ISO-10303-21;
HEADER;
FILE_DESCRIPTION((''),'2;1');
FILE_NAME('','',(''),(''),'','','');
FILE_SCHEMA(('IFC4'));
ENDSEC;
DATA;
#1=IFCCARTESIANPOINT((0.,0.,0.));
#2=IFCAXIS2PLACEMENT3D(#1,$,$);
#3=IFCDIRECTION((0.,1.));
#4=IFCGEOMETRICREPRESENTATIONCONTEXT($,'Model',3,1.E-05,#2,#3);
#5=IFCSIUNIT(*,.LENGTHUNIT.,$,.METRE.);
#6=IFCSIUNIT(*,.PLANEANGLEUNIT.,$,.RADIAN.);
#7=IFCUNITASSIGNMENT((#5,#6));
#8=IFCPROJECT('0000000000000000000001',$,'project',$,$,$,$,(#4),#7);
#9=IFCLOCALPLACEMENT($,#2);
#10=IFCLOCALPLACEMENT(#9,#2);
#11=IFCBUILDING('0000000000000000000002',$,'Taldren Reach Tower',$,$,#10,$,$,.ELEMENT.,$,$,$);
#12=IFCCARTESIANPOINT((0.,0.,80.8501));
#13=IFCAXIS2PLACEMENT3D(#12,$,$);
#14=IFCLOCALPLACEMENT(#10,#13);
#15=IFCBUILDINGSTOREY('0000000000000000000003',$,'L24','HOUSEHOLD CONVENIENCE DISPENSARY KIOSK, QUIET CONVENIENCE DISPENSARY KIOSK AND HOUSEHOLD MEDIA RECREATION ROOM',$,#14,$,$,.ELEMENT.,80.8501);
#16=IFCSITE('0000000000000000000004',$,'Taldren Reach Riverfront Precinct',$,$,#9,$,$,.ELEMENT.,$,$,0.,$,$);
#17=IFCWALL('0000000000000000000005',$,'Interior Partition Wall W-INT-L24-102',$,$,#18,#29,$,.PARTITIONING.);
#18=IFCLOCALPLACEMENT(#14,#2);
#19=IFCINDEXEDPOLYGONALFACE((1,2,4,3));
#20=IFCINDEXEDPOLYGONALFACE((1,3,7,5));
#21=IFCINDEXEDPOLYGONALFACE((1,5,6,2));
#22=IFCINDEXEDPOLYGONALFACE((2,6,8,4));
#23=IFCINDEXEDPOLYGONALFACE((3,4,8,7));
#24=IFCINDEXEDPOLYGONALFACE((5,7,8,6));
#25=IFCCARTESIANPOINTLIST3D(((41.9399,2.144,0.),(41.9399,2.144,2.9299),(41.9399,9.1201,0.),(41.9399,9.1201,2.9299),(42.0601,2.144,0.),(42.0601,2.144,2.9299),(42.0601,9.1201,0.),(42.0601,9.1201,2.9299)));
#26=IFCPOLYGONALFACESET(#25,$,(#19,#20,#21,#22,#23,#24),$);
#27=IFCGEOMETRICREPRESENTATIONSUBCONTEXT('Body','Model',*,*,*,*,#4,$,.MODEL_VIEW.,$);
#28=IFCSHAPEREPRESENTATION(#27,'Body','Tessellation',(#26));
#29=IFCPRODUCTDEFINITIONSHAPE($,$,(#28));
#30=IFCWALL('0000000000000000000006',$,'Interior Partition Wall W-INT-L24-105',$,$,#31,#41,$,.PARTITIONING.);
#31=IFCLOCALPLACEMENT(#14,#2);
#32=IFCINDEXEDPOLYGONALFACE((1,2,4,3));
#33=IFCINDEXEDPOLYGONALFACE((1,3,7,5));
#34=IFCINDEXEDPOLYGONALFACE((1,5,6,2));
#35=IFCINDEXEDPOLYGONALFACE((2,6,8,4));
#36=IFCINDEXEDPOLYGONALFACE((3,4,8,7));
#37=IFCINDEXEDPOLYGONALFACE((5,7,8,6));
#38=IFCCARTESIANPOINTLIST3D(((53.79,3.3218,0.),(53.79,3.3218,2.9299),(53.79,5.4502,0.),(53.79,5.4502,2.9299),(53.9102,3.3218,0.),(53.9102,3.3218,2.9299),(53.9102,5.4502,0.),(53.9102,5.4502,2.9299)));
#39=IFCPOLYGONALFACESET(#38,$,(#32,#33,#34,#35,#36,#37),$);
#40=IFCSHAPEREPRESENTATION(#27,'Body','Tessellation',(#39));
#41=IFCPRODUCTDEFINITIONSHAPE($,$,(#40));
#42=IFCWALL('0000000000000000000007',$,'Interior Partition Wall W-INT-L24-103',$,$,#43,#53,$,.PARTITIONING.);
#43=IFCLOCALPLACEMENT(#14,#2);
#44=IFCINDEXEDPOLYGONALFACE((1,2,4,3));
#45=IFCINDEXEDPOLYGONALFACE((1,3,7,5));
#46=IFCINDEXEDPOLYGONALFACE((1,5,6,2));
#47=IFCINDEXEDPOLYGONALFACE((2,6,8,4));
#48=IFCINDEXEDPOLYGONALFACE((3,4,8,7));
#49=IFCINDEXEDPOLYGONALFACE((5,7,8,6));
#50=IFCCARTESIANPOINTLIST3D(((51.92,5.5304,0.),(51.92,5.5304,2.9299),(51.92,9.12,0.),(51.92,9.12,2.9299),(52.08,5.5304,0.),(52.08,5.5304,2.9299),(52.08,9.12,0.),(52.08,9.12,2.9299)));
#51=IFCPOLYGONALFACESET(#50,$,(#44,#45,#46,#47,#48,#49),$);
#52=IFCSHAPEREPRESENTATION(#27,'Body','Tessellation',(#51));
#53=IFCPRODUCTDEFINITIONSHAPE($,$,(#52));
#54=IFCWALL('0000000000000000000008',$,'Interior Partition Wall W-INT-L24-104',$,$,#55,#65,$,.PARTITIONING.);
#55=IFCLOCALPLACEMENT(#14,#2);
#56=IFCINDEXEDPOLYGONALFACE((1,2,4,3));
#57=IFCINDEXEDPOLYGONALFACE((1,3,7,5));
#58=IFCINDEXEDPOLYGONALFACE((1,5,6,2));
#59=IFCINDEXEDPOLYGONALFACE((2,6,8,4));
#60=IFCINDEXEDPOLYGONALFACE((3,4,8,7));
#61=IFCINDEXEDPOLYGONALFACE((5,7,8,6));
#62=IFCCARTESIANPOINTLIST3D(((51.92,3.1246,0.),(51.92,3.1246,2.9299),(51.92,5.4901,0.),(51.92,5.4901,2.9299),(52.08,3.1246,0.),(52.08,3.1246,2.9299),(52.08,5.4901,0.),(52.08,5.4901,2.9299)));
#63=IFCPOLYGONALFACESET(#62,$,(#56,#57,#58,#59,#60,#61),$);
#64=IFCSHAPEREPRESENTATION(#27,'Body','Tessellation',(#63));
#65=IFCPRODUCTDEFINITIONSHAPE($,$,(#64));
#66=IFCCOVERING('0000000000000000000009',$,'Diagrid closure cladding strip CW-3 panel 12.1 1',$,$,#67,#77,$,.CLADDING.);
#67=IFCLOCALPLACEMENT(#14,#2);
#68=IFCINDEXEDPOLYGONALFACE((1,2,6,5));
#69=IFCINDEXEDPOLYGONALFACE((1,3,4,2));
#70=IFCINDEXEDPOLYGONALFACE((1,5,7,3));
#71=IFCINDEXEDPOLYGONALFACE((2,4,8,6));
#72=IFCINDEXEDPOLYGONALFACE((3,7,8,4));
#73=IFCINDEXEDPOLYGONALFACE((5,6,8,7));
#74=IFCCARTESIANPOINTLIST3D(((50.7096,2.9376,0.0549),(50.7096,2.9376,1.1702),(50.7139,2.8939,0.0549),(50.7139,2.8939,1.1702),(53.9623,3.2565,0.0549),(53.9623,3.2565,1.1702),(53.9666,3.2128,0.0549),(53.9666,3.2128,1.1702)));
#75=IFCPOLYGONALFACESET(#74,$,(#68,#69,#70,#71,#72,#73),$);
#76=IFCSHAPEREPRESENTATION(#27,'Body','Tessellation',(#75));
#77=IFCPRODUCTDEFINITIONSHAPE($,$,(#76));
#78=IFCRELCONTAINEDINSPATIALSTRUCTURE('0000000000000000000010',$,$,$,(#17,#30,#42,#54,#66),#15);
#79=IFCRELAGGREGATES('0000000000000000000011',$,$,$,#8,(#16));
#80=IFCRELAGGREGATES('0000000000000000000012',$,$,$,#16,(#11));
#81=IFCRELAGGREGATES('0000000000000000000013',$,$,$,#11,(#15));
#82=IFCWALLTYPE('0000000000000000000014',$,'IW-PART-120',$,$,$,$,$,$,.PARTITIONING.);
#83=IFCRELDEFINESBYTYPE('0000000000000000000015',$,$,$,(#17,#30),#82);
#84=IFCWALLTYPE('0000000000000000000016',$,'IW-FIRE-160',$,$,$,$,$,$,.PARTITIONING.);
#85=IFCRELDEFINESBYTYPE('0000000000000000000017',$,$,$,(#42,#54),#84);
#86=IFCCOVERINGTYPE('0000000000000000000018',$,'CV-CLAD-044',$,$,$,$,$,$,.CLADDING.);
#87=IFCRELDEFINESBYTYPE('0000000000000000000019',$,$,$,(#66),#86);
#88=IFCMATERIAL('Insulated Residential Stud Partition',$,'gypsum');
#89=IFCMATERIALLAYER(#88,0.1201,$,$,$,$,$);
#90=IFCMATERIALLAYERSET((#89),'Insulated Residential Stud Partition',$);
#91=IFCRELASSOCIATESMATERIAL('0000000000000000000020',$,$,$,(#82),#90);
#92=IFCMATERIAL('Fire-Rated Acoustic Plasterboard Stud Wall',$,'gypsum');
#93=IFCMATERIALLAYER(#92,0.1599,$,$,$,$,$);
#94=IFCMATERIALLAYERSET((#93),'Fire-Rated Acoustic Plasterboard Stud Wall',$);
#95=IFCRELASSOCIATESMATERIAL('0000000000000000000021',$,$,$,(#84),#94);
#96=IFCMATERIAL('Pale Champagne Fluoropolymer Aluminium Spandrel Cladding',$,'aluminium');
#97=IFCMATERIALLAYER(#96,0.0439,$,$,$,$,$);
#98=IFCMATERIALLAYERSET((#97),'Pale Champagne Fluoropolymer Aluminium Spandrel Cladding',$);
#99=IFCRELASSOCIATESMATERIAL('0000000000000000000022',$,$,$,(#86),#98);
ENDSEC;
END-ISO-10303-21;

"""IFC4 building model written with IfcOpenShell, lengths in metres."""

from ifc_helpers import new_model, si_unit, direction, frame, frame_2d, origin, origin_2d, place, context, subcontext, project, spatial, rectangle, extrude, source, transform, mapped, material, layer, layer_set, type_object, element, save


model = new_model("IFC4")

# Units and contexts
model_context = context("Model", 3, precision=1e-05, world=origin(), true_north=direction((0.0, 1.0)))
body_context = subcontext(model_context, "Body", "Model", "MODEL_VIEW")
ifc_project = project(units=[si_unit("LENGTHUNIT", "METRE"), si_unit("PLANEANGLEUNIT", "RADIAN")], contexts=[model_context])

# Site, building, storey
site_placement = place(None, origin())
site = spatial("IfcSite", under=ifc_project, at=site_placement, Name="Taldren Reach Riverfront Precinct", CompositionType="ELEMENT", RefElevation=0.0)
building_placement = place(site_placement, origin())
building = spatial("IfcBuilding", under=site, at=building_placement, Name="Taldren Reach Tower", CompositionType="ELEMENT")
storey_placement = place(building_placement, frame((0.0, 0.0, 80.8501)))
storey = spatial("IfcBuildingStorey", under=building, at=storey_placement, Name="L24", Description="HOUSEHOLD CONVENIENCE DISPENSARY KIOSK, QUIET CONVENIENCE DISPENSARY KIOSK AND HOUSEHOLD MEDIA RECREATION ROOM", CompositionType="ELEMENT", Elevation=80.8501)

# Shared definitions
ifc_material_1 = material(Name="Insulated Residential Stud Partition", Category="gypsum")
ifc_layer_1 = layer(ifc_material_1, 0.1201)
ifc_layer_set_1 = layer_set([ifc_layer_1], Name="Insulated Residential Stud Partition")
wall_type_1 = type_object("IfcWallType", Name="IW-PART-120", PredefinedType="PARTITIONING", material=ifc_layer_set_1)
ifc_material_2 = material(Name="Fire-Rated Acoustic Plasterboard Stud Wall", Category="gypsum")
ifc_layer_2 = layer(ifc_material_2, 0.1599)
ifc_layer_set_2 = layer_set([ifc_layer_2], Name="Fire-Rated Acoustic Plasterboard Stud Wall")
wall_type_2 = type_object("IfcWallType", Name="IW-FIRE-160", PredefinedType="PARTITIONING", material=ifc_layer_set_2)

# Walls
shared_shape_1 = source(origin(), body_context, "Body", "SweptSolid", [
    extrude(rectangle(XDim=6.9761, YDim=0.1201, at=frame_2d((3.488, 0.0))), origin(), (0.0, 0.0, 1.0), 2.9299),
])
wall_1_placement = place(storey_placement, frame((42.0, 9.1201, 0.0), z_axis=(0.0, 0.0, 1.0), x_axis=(0.0, -1.0, 0.0)))
element("IfcWall", 1, at=wall_1_placement, inside=storey, type_object=wall_type_1, Name="Interior Partition Wall W-INT-L24-102", PredefinedType="PARTITIONING", context=body_context, shape_type="MappedRepresentation", body=[
    mapped(shared_shape_1, transform((0.0, 0.0, 0.0), scale=1.0)),
])
shared_shape_2 = source(origin(), body_context, "Body", "SweptSolid", [
    extrude(rectangle(XDim=2.1284, YDim=0.1201, at=frame_2d((1.0642, 0.0))), origin(), (0.0, 0.0, 1.0), 2.9299),
])
wall_2_placement = place(storey_placement, frame((53.8501, 3.3218, 0.0), z_axis=(0.0, 0.0, 1.0), x_axis=(0.0, 1.0, 0.0)))
element("IfcWall", 2, at=wall_2_placement, inside=storey, type_object=wall_type_1, Name="Interior Partition Wall W-INT-L24-105", PredefinedType="PARTITIONING", context=body_context, shape_type="MappedRepresentation", body=[
    mapped(shared_shape_2, transform((0.0, 0.0, 0.0), scale=1.0)),
])
shared_shape_3 = source(origin(), body_context, "Body", "SweptSolid", [
    extrude(rectangle(XDim=3.5896, YDim=0.1599, at=frame_2d((1.7949, 0.0))), origin(), (0.0, 0.0, 1.0), 2.9299),
])
wall_3_placement = place(storey_placement, frame((52.0, 9.1201, 0.0), z_axis=(0.0, 0.0, 1.0), x_axis=(0.0, -1.0, 0.0)))
element("IfcWall", 3, at=wall_3_placement, inside=storey, type_object=wall_type_2, Name="Interior Partition Wall W-INT-L24-103", PredefinedType="PARTITIONING", context=body_context, shape_type="MappedRepresentation", body=[
    mapped(shared_shape_3, transform((0.0, 0.0, 0.0), scale=1.0)),
])
shared_shape_4 = source(origin(), body_context, "Body", "SweptSolid", [
    extrude(rectangle(XDim=2.3655, YDim=0.1599, at=frame_2d((1.1826, 0.0))), origin(), (0.0, 0.0, 1.0), 2.9299),
])
wall_4_placement = place(storey_placement, frame((52.0, 5.49, 0.0), z_axis=(0.0, 0.0, 1.0), x_axis=(0.0, -1.0, 0.0)))
element("IfcWall", 4, at=wall_4_placement, inside=storey, type_object=wall_type_2, Name="Interior Partition Wall W-INT-L24-104", PredefinedType="PARTITIONING", context=body_context, shape_type="MappedRepresentation", body=[
    mapped(shared_shape_4, transform((0.0, 0.0, 0.0), scale=1.0)),
])

# Covering
ifc_material_3 = material(Name="Pale Champagne Fluoropolymer Aluminium Spandrel Cladding", Category="aluminium")
ifc_layer_3 = layer(ifc_material_3, 0.0439)
ifc_layer_set_3 = layer_set([ifc_layer_3], Name="Pale Champagne Fluoropolymer Aluminium Spandrel Cladding")
covering_type = type_object("IfcCoveringType", Name="CV-CLAD-044", PredefinedType="CLADDING", material=ifc_layer_set_3)
shared_shape_5 = source(origin(), body_context, "Body", "SweptSolid", [
    extrude(rectangle(XDim=3.2683, YDim=0.0439, at=origin_2d()), origin(), (0.0, 0.0, 1.0), 1.1152),
])
covering_placement = place(storey_placement, frame((52.3381, 3.0752, 0.0549), z_axis=(0.0, 0.0, 1.0), x_axis=(0.995227, 0.097583, 0.0)))
element("IfcCovering", 5, at=covering_placement, inside=storey, type_object=covering_type, Name="Diagrid closure cladding strip CW-3 panel 12.1 1", PredefinedType="CLADDING", context=body_context, shape_type="MappedRepresentation", body=[
    mapped(shared_shape_5, transform((0.0, 0.0, 0.0), scale=1.0)),
])

save(model, "model.ifc")
